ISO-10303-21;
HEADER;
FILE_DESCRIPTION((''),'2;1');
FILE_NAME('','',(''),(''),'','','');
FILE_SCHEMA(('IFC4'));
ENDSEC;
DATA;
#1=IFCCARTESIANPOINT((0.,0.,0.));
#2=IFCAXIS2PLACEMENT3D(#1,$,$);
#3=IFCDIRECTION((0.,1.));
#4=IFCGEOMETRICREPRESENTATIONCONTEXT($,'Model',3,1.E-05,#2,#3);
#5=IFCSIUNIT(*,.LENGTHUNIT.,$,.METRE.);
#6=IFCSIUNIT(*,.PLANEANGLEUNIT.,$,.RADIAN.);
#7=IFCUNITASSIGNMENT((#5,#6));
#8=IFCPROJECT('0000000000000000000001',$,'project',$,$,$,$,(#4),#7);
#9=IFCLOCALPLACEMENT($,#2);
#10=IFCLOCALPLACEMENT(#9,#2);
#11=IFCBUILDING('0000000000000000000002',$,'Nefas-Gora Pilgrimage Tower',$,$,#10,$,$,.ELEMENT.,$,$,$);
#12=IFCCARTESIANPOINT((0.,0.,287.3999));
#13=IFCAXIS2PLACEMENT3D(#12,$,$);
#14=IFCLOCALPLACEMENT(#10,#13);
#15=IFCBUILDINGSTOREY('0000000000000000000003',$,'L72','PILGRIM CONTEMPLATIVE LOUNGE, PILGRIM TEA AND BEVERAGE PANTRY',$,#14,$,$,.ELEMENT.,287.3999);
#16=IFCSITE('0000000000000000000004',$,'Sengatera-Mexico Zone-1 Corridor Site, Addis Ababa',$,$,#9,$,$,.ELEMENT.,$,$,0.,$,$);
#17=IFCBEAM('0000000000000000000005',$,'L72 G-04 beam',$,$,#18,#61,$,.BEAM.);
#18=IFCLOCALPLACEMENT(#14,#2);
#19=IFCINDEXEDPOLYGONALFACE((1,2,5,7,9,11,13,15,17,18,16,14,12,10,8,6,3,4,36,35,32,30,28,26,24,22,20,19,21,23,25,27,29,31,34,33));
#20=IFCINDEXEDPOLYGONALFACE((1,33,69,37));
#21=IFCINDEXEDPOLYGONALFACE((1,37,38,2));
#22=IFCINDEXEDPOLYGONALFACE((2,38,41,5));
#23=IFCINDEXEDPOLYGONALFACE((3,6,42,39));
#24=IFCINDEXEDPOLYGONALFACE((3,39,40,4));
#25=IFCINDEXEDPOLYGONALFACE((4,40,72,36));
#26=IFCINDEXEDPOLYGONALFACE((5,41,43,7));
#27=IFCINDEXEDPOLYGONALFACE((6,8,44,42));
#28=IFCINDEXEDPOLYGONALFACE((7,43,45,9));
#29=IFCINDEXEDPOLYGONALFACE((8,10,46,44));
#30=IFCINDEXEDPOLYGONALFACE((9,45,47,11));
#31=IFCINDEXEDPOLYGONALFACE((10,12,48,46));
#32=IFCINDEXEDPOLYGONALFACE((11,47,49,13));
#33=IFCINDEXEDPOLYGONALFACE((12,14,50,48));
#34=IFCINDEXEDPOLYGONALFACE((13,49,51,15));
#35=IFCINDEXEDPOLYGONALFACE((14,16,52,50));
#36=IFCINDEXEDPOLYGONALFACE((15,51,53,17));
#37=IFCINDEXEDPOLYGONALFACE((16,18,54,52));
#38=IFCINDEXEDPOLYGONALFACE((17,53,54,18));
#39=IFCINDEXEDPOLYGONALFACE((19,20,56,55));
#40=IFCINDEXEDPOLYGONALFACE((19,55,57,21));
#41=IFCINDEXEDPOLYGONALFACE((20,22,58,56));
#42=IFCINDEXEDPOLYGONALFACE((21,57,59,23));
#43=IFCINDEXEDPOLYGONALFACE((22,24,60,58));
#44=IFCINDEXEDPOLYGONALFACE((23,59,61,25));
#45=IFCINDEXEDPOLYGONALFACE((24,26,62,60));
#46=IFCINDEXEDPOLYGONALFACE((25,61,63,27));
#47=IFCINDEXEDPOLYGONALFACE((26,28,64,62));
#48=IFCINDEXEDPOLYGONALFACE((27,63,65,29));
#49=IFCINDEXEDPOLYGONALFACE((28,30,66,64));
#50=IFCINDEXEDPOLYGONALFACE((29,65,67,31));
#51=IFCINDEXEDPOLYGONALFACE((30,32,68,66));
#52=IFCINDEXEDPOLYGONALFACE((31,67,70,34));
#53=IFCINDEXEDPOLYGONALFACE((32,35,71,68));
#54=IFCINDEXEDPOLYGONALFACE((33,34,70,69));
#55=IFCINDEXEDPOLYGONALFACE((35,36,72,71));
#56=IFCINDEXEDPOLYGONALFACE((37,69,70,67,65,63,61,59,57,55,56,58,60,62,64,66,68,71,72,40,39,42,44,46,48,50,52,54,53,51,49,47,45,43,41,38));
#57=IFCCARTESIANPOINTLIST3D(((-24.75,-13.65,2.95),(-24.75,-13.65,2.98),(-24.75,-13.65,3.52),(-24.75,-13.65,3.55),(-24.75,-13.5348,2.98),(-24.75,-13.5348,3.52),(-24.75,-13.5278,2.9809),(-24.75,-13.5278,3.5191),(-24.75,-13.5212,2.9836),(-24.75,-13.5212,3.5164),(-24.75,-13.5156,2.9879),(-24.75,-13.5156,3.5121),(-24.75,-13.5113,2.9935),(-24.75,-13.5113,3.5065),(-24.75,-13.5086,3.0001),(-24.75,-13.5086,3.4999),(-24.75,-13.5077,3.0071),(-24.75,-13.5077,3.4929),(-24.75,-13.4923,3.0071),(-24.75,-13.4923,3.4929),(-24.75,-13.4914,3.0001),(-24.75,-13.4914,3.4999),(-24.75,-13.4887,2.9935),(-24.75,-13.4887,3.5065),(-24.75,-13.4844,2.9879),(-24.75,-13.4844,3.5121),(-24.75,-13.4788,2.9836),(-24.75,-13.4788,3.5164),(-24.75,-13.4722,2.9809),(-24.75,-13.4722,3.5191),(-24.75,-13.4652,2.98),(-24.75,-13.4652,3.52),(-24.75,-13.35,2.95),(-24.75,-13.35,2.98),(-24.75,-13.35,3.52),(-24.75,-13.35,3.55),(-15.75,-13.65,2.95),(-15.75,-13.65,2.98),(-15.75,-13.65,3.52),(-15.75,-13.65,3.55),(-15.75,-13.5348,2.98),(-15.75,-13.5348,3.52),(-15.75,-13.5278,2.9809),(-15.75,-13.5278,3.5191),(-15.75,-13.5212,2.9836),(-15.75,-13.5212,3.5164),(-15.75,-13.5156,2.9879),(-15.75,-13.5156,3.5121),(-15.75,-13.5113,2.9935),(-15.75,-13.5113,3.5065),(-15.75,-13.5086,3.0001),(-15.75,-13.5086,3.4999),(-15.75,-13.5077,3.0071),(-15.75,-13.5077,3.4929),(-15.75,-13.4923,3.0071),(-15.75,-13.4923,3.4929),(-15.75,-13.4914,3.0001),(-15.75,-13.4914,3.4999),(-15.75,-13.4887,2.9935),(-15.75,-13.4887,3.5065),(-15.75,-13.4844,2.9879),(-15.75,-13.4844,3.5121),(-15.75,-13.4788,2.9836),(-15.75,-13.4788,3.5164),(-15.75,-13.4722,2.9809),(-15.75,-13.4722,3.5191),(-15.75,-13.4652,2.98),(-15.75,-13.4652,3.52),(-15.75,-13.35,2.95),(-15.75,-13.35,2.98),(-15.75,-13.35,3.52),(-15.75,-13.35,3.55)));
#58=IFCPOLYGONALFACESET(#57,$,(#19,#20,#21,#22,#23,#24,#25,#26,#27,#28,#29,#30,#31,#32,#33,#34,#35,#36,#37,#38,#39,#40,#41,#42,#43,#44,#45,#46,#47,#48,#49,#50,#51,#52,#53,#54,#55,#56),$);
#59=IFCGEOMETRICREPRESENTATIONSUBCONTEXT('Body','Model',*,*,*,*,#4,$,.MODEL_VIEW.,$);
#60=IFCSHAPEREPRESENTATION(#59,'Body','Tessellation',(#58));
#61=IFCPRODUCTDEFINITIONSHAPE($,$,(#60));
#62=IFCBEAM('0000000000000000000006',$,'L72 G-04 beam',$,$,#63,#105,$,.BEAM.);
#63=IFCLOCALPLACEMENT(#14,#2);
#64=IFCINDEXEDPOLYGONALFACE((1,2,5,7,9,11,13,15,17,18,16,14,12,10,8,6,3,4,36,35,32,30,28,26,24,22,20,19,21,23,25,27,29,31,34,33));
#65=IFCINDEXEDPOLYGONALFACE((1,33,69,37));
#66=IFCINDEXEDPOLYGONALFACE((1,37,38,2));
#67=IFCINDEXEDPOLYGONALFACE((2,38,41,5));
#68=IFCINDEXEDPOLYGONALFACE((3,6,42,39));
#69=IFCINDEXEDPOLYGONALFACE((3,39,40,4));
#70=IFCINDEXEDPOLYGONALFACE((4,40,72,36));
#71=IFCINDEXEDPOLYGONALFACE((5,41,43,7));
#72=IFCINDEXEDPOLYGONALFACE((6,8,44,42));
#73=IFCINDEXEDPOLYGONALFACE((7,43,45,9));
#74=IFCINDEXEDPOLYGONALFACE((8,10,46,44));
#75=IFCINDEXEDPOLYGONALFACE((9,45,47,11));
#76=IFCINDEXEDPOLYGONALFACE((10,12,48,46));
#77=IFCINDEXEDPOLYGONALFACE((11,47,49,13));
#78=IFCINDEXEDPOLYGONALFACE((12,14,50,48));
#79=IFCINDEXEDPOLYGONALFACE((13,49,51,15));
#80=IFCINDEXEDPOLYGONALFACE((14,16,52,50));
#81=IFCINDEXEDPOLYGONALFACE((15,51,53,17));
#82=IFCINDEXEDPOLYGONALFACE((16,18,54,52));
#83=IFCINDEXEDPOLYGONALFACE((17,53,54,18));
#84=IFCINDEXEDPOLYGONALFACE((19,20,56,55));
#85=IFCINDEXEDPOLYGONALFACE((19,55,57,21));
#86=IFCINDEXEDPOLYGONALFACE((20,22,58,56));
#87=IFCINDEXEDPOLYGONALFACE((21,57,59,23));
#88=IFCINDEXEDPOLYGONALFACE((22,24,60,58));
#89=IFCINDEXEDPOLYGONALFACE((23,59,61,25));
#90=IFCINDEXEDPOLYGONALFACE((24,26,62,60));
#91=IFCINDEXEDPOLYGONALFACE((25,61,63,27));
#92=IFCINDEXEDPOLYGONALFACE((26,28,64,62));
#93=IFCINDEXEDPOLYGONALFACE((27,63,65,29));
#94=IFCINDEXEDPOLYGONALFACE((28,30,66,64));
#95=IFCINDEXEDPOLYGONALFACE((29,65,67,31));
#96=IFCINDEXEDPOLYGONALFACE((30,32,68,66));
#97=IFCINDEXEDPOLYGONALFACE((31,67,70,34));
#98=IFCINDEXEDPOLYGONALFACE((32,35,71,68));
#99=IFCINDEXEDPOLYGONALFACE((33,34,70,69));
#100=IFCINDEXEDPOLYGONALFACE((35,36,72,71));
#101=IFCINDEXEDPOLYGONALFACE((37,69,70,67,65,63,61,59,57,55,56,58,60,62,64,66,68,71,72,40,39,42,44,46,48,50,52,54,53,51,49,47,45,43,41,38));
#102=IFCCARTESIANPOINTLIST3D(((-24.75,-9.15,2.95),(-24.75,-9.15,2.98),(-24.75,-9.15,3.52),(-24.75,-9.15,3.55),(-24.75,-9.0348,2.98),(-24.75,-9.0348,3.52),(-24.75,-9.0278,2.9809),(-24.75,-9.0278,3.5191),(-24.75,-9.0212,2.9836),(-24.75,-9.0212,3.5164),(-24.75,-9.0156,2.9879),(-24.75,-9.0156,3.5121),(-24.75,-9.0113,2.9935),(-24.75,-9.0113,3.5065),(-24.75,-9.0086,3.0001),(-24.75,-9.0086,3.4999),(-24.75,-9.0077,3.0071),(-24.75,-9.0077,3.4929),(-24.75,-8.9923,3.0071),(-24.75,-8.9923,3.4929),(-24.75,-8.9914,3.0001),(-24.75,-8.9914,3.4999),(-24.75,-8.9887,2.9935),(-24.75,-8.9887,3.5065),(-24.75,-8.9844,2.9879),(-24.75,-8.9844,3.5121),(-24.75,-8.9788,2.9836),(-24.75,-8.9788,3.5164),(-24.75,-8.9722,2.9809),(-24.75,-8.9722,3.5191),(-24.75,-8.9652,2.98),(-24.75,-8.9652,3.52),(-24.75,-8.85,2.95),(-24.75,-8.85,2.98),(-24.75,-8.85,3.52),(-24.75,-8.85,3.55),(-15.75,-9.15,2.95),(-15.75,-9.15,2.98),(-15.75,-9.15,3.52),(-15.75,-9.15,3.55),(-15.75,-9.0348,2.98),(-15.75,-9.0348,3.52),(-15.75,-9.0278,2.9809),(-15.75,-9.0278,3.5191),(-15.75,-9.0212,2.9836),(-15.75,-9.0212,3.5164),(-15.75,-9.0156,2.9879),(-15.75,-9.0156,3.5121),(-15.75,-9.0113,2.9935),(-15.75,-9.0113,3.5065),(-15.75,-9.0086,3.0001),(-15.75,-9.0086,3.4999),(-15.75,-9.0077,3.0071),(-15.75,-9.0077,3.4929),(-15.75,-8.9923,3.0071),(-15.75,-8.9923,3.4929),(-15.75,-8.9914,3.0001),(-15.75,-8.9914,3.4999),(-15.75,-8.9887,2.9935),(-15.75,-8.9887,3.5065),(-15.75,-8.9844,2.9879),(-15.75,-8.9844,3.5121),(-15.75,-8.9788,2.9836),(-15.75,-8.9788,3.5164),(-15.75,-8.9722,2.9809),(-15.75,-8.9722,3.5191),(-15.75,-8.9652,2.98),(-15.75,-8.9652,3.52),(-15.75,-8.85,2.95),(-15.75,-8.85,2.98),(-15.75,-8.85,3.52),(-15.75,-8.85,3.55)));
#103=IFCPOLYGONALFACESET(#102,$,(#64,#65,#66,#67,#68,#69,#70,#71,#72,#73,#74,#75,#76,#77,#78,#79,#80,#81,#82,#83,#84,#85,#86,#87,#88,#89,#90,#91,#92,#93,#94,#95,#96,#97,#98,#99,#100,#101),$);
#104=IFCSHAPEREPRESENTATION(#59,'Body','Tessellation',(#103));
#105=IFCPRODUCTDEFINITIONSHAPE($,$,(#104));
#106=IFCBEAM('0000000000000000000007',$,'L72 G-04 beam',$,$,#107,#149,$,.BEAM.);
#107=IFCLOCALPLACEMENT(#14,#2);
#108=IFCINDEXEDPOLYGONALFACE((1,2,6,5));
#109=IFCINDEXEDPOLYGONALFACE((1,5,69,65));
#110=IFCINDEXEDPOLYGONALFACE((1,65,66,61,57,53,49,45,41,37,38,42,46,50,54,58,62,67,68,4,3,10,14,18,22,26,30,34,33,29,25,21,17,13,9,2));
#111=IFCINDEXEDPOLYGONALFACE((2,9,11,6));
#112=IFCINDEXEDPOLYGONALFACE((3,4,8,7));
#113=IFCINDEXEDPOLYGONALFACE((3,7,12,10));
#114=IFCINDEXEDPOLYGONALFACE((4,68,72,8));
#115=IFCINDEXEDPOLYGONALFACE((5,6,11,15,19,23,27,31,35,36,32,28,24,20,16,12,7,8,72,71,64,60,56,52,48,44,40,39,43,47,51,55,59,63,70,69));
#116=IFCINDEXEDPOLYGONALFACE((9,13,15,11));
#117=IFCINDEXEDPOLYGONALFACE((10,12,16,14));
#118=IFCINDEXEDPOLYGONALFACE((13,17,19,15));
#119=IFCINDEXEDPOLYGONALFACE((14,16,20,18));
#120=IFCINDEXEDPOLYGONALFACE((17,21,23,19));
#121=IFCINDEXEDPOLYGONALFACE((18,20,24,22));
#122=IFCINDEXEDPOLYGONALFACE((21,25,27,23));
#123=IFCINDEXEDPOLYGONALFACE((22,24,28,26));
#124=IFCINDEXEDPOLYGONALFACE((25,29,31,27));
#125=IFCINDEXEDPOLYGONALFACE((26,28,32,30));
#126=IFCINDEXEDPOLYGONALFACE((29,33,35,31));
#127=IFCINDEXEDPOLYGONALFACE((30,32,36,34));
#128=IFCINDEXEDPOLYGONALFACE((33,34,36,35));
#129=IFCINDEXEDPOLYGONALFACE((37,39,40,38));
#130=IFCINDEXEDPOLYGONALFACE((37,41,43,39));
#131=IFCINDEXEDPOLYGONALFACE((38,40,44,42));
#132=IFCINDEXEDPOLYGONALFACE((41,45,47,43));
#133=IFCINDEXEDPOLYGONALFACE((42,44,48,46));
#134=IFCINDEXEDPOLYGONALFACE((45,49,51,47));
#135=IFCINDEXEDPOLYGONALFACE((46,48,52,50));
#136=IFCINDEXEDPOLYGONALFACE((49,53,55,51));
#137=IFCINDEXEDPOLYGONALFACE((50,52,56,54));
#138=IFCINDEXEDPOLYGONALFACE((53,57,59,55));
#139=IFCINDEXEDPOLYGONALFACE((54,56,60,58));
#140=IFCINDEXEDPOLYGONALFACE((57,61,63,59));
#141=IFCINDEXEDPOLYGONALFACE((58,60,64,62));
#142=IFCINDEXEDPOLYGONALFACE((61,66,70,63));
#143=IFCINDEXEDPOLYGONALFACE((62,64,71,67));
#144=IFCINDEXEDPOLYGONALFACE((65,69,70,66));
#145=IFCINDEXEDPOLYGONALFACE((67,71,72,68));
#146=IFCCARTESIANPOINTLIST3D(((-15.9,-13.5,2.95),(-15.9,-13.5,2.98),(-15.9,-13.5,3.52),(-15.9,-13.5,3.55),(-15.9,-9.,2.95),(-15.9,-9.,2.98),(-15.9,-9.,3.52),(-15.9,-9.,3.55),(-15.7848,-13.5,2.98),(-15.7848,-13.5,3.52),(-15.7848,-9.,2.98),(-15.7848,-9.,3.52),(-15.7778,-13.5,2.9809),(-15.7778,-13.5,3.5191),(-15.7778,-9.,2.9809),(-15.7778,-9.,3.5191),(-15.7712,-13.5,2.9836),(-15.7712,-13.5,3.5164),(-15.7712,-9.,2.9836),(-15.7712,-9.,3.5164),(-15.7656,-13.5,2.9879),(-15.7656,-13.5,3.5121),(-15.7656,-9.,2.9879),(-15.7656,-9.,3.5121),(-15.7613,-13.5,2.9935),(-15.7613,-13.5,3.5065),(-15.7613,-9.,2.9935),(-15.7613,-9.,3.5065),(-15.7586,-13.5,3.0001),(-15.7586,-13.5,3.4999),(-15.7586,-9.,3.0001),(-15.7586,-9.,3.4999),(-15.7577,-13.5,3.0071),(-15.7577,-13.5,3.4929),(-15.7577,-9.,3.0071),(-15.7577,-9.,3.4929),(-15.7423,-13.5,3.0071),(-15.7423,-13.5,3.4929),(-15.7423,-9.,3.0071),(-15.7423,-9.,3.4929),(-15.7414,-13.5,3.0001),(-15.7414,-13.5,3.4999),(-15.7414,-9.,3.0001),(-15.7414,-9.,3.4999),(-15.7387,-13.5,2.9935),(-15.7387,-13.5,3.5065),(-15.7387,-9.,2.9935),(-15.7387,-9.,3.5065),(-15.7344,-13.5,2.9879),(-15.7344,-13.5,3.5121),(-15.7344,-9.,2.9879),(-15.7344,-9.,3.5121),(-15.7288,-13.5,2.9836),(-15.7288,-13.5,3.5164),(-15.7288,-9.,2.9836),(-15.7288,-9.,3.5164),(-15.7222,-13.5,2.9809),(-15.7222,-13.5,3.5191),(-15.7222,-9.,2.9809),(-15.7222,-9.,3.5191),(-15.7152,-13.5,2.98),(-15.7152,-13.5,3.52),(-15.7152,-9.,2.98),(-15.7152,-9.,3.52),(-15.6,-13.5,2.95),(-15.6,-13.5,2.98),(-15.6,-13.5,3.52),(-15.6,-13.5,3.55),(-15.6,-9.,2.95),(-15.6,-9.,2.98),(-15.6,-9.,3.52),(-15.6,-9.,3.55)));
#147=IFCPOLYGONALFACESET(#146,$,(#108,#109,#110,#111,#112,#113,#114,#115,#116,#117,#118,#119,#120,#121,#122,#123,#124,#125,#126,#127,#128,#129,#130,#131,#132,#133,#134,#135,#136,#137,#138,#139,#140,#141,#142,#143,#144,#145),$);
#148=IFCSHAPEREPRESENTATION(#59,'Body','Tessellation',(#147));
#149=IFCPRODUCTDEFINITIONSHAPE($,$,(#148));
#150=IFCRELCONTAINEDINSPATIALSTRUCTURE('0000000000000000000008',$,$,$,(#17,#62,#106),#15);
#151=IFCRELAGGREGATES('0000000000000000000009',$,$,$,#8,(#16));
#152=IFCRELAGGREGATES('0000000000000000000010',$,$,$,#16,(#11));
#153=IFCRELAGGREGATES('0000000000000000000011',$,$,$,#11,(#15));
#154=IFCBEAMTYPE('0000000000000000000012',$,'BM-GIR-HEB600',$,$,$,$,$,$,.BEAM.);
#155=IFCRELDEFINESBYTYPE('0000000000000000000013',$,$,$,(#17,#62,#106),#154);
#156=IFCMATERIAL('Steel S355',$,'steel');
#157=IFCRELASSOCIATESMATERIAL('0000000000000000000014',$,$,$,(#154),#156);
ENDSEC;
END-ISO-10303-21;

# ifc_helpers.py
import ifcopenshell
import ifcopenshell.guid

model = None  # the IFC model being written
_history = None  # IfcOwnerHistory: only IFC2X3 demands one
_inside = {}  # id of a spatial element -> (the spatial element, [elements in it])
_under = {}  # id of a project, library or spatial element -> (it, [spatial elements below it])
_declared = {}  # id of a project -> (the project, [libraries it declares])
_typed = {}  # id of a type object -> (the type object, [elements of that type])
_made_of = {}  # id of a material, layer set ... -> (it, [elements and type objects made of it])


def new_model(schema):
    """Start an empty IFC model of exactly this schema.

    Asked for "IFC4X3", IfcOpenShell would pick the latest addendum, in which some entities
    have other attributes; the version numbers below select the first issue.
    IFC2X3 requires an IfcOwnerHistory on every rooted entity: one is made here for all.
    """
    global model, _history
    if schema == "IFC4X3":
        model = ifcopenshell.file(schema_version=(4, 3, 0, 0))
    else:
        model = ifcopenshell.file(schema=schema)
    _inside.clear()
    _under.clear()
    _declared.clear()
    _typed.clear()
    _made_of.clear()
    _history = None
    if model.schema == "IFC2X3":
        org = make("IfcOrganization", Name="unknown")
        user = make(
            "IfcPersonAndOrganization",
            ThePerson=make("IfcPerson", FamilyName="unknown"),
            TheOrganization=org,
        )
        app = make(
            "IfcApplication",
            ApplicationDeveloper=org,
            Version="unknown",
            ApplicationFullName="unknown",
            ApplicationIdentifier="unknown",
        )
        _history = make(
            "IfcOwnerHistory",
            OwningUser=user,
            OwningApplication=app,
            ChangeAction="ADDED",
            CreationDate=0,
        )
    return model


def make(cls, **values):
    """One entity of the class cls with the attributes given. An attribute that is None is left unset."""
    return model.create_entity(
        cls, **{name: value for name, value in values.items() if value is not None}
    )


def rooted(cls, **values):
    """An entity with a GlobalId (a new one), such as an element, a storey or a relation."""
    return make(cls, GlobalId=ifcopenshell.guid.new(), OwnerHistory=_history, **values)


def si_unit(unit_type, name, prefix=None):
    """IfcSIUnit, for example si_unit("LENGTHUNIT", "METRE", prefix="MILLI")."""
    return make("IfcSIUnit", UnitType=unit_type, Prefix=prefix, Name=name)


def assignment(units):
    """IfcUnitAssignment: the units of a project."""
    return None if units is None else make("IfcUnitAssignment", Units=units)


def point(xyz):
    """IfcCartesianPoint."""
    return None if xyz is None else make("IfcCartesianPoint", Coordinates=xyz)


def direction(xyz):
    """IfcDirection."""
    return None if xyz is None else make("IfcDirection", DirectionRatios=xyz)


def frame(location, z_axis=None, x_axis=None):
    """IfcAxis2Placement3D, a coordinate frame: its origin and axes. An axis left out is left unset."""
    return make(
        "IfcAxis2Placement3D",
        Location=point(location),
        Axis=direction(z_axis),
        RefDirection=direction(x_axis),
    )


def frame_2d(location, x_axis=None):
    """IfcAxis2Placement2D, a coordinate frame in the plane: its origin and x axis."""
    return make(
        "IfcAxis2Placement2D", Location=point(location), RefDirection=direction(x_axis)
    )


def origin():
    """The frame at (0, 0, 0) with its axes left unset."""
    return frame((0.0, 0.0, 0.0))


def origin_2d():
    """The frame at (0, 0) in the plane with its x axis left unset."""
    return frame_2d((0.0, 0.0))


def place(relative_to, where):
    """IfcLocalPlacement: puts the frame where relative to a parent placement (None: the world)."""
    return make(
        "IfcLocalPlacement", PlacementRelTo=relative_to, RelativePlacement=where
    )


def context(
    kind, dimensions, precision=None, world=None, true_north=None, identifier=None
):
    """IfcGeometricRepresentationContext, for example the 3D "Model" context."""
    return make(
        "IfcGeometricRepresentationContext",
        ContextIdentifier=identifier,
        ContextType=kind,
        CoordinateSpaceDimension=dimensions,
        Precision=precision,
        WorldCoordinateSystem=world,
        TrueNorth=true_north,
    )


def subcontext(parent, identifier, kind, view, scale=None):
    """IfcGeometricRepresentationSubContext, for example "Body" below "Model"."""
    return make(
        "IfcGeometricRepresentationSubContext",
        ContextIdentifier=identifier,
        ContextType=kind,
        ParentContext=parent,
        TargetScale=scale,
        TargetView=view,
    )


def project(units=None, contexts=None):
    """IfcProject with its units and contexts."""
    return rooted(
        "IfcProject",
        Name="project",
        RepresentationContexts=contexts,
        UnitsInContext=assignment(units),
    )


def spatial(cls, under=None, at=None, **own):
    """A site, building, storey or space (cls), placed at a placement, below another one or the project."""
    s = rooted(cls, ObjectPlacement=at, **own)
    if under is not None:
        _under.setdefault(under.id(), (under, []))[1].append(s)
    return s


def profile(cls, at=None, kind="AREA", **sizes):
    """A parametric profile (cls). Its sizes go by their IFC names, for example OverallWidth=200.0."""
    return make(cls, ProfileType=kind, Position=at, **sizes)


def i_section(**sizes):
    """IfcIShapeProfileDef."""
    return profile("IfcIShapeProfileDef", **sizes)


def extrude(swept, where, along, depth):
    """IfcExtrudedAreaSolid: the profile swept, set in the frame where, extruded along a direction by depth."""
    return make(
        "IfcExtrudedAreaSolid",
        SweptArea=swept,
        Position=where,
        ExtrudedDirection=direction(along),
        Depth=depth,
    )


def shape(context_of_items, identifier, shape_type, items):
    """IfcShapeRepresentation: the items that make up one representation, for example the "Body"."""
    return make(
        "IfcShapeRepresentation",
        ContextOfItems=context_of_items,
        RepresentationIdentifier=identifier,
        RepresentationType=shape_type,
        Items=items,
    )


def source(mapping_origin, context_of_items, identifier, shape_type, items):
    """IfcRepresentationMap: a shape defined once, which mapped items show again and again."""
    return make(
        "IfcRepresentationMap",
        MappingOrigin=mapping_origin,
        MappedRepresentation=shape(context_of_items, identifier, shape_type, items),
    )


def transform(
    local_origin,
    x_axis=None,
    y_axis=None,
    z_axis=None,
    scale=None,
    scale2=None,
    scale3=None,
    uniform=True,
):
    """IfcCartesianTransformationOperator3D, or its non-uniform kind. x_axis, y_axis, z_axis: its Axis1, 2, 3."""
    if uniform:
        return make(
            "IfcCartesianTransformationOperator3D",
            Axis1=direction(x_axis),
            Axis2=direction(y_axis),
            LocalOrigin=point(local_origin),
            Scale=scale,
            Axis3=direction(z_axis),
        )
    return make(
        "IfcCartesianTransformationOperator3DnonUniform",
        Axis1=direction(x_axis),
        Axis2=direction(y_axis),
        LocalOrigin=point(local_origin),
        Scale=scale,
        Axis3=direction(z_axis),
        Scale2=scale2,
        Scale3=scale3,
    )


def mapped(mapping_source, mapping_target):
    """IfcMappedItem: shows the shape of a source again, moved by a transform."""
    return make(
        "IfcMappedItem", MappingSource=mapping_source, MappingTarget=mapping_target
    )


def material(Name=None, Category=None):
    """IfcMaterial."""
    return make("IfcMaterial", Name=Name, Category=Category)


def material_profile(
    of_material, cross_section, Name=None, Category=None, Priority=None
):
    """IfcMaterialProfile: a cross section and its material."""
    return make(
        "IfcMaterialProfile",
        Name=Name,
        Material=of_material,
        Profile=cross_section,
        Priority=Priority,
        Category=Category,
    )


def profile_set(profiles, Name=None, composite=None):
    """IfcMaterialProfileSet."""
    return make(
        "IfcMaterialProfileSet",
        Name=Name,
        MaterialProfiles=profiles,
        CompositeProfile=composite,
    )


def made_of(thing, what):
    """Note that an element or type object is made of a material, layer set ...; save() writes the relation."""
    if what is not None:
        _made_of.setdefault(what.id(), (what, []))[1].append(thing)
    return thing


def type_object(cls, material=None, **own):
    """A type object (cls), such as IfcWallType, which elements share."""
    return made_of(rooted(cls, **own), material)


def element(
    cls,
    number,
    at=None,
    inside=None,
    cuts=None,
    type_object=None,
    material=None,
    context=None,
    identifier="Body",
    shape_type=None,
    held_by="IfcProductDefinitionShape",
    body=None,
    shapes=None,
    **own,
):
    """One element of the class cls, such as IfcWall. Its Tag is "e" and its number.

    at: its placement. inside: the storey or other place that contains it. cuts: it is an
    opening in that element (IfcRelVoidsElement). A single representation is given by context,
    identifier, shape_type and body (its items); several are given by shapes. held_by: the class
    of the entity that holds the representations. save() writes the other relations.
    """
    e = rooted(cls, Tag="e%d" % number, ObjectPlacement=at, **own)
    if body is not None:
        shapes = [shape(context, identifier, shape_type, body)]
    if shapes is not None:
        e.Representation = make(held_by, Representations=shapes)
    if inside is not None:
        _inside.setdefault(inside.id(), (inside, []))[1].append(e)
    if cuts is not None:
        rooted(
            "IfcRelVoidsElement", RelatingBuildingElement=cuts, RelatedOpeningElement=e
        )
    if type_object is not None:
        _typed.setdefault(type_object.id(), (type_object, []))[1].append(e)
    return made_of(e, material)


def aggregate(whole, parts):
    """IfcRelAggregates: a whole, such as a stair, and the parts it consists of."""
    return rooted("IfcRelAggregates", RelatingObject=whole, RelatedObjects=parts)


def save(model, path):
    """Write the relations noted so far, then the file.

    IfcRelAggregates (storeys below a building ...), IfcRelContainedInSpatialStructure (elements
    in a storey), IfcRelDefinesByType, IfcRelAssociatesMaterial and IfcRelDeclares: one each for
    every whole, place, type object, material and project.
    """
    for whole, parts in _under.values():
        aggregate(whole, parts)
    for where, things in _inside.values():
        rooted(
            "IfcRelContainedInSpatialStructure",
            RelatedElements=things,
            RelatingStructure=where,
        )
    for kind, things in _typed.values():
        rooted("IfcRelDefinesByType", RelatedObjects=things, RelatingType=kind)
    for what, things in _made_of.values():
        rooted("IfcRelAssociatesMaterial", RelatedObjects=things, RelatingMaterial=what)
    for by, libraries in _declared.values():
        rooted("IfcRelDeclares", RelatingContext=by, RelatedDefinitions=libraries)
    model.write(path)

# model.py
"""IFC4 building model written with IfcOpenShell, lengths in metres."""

from ifc_helpers import new_model, si_unit, direction, frame, origin, origin_2d, place, context, subcontext, project, spatial, i_section, extrude, source, transform, mapped, material, material_profile, profile_set, type_object, element, save


model = new_model("IFC4")

# Units and contexts
model_context = context("Model", 3, precision=1e-05, world=origin(), true_north=direction((0.0, 1.0)))
body_context = subcontext(model_context, "Body", "Model", "MODEL_VIEW")
ifc_project = project(units=[si_unit("LENGTHUNIT", "METRE"), si_unit("PLANEANGLEUNIT", "RADIAN")], contexts=[model_context])

# Site, building, storey
site_placement = place(None, origin())
site = spatial("IfcSite", under=ifc_project, at=site_placement, Name="Sengatera-Mexico Zone-1 Corridor Site, Addis Ababa", CompositionType="ELEMENT", RefElevation=0.0)
building_placement = place(site_placement, origin())
building = spatial("IfcBuilding", under=site, at=building_placement, Name="Nefas-Gora Pilgrimage Tower", CompositionType="ELEMENT")
storey_placement = place(building_placement, frame((0.0, 0.0, 287.3999)))
storey = spatial("IfcBuildingStorey", under=building, at=storey_placement, Name="L72", Description="PILGRIM CONTEMPLATIVE LOUNGE, PILGRIM TEA AND BEVERAGE PANTRY", CompositionType="ELEMENT", Elevation=287.3999)

# Shared definitions
ifc_material_1 = material(Name="Steel S355", Category="steel")

# Beams
ifc_material_profile_1 = material_profile(ifc_material_1, i_section(OverallWidth=0.3, OverallDepth=0.6001, WebThickness=0.0154, FlangeThickness=0.03, FilletRadius=0.0271, at=origin_2d()), Name="HEB 600")
ifc_profile_set_1 = profile_set([ifc_material_profile_1], Name="Steel S355")
beam_type_1 = type_object("IfcBeamType", Name="BM-GIR-HEB600", PredefinedType="BEAM", material=ifc_profile_set_1)
shared_shape_1 = source(origin(), body_context, "Body", "SweptSolid", [
    extrude(i_section(OverallWidth=0.3, OverallDepth=0.6001, WebThickness=0.0154, FlangeThickness=0.03, FilletRadius=0.0271, at=origin_2d()), origin(), (0.0, 0.0, 1.0), 9.0),
])
for number, where, z_axis, x_axis, name in (
    (1, (-24.75, -13.5, 3.25), (1.0, 0.0, 0.0), (0.0, 1.0, 0.0), "L72 G-04 beam"),
    (2, (-24.75, -9.0, 3.25), (1.0, 0.0, 0.0), (0.0, 1.0, 0.0), "L72 G-04 beam"),
):
    element("IfcBeam", number, at=place(storey_placement, frame(where, z_axis=z_axis, x_axis=x_axis)), inside=storey, type_object=beam_type_1, Name=name, PredefinedType="BEAM", context=body_context, shape_type="MappedRepresentation", body=[
        mapped(shared_shape_1, transform((0.0, 0.0, 0.0), x_axis=(1.0, 0.0, 0.0), y_axis=(0.0, 1.0, 0.0), z_axis=(0.0, 0.0, 1.0), scale=1.0)),
    ])
shared_shape_2 = source(origin(), body_context, "Body", "SweptSolid", [
    extrude(i_section(OverallWidth=0.3, OverallDepth=0.6001, WebThickness=0.0154, FlangeThickness=0.03, FilletRadius=0.0271, at=origin_2d()), origin(), (0.0, 0.0, 1.0), 4.5),
])
beam_placement = place(storey_placement, frame((-15.75, -13.5, 3.25), z_axis=(0.0, 1.0, 0.0), x_axis=(-1.0, 0.0, 0.0)))
element("IfcBeam", 3, at=beam_placement, inside=storey, type_object=beam_type_1, Name="L72 G-04 beam", PredefinedType="BEAM", context=body_context, shape_type="MappedRepresentation", body=[
    mapped(shared_shape_2, transform((0.0, 0.0, 0.0), x_axis=(1.0, 0.0, 0.0), y_axis=(0.0, 1.0, 0.0), z_axis=(0.0, 0.0, 1.0), scale=1.0)),
])

save(model, "model.ifc")
